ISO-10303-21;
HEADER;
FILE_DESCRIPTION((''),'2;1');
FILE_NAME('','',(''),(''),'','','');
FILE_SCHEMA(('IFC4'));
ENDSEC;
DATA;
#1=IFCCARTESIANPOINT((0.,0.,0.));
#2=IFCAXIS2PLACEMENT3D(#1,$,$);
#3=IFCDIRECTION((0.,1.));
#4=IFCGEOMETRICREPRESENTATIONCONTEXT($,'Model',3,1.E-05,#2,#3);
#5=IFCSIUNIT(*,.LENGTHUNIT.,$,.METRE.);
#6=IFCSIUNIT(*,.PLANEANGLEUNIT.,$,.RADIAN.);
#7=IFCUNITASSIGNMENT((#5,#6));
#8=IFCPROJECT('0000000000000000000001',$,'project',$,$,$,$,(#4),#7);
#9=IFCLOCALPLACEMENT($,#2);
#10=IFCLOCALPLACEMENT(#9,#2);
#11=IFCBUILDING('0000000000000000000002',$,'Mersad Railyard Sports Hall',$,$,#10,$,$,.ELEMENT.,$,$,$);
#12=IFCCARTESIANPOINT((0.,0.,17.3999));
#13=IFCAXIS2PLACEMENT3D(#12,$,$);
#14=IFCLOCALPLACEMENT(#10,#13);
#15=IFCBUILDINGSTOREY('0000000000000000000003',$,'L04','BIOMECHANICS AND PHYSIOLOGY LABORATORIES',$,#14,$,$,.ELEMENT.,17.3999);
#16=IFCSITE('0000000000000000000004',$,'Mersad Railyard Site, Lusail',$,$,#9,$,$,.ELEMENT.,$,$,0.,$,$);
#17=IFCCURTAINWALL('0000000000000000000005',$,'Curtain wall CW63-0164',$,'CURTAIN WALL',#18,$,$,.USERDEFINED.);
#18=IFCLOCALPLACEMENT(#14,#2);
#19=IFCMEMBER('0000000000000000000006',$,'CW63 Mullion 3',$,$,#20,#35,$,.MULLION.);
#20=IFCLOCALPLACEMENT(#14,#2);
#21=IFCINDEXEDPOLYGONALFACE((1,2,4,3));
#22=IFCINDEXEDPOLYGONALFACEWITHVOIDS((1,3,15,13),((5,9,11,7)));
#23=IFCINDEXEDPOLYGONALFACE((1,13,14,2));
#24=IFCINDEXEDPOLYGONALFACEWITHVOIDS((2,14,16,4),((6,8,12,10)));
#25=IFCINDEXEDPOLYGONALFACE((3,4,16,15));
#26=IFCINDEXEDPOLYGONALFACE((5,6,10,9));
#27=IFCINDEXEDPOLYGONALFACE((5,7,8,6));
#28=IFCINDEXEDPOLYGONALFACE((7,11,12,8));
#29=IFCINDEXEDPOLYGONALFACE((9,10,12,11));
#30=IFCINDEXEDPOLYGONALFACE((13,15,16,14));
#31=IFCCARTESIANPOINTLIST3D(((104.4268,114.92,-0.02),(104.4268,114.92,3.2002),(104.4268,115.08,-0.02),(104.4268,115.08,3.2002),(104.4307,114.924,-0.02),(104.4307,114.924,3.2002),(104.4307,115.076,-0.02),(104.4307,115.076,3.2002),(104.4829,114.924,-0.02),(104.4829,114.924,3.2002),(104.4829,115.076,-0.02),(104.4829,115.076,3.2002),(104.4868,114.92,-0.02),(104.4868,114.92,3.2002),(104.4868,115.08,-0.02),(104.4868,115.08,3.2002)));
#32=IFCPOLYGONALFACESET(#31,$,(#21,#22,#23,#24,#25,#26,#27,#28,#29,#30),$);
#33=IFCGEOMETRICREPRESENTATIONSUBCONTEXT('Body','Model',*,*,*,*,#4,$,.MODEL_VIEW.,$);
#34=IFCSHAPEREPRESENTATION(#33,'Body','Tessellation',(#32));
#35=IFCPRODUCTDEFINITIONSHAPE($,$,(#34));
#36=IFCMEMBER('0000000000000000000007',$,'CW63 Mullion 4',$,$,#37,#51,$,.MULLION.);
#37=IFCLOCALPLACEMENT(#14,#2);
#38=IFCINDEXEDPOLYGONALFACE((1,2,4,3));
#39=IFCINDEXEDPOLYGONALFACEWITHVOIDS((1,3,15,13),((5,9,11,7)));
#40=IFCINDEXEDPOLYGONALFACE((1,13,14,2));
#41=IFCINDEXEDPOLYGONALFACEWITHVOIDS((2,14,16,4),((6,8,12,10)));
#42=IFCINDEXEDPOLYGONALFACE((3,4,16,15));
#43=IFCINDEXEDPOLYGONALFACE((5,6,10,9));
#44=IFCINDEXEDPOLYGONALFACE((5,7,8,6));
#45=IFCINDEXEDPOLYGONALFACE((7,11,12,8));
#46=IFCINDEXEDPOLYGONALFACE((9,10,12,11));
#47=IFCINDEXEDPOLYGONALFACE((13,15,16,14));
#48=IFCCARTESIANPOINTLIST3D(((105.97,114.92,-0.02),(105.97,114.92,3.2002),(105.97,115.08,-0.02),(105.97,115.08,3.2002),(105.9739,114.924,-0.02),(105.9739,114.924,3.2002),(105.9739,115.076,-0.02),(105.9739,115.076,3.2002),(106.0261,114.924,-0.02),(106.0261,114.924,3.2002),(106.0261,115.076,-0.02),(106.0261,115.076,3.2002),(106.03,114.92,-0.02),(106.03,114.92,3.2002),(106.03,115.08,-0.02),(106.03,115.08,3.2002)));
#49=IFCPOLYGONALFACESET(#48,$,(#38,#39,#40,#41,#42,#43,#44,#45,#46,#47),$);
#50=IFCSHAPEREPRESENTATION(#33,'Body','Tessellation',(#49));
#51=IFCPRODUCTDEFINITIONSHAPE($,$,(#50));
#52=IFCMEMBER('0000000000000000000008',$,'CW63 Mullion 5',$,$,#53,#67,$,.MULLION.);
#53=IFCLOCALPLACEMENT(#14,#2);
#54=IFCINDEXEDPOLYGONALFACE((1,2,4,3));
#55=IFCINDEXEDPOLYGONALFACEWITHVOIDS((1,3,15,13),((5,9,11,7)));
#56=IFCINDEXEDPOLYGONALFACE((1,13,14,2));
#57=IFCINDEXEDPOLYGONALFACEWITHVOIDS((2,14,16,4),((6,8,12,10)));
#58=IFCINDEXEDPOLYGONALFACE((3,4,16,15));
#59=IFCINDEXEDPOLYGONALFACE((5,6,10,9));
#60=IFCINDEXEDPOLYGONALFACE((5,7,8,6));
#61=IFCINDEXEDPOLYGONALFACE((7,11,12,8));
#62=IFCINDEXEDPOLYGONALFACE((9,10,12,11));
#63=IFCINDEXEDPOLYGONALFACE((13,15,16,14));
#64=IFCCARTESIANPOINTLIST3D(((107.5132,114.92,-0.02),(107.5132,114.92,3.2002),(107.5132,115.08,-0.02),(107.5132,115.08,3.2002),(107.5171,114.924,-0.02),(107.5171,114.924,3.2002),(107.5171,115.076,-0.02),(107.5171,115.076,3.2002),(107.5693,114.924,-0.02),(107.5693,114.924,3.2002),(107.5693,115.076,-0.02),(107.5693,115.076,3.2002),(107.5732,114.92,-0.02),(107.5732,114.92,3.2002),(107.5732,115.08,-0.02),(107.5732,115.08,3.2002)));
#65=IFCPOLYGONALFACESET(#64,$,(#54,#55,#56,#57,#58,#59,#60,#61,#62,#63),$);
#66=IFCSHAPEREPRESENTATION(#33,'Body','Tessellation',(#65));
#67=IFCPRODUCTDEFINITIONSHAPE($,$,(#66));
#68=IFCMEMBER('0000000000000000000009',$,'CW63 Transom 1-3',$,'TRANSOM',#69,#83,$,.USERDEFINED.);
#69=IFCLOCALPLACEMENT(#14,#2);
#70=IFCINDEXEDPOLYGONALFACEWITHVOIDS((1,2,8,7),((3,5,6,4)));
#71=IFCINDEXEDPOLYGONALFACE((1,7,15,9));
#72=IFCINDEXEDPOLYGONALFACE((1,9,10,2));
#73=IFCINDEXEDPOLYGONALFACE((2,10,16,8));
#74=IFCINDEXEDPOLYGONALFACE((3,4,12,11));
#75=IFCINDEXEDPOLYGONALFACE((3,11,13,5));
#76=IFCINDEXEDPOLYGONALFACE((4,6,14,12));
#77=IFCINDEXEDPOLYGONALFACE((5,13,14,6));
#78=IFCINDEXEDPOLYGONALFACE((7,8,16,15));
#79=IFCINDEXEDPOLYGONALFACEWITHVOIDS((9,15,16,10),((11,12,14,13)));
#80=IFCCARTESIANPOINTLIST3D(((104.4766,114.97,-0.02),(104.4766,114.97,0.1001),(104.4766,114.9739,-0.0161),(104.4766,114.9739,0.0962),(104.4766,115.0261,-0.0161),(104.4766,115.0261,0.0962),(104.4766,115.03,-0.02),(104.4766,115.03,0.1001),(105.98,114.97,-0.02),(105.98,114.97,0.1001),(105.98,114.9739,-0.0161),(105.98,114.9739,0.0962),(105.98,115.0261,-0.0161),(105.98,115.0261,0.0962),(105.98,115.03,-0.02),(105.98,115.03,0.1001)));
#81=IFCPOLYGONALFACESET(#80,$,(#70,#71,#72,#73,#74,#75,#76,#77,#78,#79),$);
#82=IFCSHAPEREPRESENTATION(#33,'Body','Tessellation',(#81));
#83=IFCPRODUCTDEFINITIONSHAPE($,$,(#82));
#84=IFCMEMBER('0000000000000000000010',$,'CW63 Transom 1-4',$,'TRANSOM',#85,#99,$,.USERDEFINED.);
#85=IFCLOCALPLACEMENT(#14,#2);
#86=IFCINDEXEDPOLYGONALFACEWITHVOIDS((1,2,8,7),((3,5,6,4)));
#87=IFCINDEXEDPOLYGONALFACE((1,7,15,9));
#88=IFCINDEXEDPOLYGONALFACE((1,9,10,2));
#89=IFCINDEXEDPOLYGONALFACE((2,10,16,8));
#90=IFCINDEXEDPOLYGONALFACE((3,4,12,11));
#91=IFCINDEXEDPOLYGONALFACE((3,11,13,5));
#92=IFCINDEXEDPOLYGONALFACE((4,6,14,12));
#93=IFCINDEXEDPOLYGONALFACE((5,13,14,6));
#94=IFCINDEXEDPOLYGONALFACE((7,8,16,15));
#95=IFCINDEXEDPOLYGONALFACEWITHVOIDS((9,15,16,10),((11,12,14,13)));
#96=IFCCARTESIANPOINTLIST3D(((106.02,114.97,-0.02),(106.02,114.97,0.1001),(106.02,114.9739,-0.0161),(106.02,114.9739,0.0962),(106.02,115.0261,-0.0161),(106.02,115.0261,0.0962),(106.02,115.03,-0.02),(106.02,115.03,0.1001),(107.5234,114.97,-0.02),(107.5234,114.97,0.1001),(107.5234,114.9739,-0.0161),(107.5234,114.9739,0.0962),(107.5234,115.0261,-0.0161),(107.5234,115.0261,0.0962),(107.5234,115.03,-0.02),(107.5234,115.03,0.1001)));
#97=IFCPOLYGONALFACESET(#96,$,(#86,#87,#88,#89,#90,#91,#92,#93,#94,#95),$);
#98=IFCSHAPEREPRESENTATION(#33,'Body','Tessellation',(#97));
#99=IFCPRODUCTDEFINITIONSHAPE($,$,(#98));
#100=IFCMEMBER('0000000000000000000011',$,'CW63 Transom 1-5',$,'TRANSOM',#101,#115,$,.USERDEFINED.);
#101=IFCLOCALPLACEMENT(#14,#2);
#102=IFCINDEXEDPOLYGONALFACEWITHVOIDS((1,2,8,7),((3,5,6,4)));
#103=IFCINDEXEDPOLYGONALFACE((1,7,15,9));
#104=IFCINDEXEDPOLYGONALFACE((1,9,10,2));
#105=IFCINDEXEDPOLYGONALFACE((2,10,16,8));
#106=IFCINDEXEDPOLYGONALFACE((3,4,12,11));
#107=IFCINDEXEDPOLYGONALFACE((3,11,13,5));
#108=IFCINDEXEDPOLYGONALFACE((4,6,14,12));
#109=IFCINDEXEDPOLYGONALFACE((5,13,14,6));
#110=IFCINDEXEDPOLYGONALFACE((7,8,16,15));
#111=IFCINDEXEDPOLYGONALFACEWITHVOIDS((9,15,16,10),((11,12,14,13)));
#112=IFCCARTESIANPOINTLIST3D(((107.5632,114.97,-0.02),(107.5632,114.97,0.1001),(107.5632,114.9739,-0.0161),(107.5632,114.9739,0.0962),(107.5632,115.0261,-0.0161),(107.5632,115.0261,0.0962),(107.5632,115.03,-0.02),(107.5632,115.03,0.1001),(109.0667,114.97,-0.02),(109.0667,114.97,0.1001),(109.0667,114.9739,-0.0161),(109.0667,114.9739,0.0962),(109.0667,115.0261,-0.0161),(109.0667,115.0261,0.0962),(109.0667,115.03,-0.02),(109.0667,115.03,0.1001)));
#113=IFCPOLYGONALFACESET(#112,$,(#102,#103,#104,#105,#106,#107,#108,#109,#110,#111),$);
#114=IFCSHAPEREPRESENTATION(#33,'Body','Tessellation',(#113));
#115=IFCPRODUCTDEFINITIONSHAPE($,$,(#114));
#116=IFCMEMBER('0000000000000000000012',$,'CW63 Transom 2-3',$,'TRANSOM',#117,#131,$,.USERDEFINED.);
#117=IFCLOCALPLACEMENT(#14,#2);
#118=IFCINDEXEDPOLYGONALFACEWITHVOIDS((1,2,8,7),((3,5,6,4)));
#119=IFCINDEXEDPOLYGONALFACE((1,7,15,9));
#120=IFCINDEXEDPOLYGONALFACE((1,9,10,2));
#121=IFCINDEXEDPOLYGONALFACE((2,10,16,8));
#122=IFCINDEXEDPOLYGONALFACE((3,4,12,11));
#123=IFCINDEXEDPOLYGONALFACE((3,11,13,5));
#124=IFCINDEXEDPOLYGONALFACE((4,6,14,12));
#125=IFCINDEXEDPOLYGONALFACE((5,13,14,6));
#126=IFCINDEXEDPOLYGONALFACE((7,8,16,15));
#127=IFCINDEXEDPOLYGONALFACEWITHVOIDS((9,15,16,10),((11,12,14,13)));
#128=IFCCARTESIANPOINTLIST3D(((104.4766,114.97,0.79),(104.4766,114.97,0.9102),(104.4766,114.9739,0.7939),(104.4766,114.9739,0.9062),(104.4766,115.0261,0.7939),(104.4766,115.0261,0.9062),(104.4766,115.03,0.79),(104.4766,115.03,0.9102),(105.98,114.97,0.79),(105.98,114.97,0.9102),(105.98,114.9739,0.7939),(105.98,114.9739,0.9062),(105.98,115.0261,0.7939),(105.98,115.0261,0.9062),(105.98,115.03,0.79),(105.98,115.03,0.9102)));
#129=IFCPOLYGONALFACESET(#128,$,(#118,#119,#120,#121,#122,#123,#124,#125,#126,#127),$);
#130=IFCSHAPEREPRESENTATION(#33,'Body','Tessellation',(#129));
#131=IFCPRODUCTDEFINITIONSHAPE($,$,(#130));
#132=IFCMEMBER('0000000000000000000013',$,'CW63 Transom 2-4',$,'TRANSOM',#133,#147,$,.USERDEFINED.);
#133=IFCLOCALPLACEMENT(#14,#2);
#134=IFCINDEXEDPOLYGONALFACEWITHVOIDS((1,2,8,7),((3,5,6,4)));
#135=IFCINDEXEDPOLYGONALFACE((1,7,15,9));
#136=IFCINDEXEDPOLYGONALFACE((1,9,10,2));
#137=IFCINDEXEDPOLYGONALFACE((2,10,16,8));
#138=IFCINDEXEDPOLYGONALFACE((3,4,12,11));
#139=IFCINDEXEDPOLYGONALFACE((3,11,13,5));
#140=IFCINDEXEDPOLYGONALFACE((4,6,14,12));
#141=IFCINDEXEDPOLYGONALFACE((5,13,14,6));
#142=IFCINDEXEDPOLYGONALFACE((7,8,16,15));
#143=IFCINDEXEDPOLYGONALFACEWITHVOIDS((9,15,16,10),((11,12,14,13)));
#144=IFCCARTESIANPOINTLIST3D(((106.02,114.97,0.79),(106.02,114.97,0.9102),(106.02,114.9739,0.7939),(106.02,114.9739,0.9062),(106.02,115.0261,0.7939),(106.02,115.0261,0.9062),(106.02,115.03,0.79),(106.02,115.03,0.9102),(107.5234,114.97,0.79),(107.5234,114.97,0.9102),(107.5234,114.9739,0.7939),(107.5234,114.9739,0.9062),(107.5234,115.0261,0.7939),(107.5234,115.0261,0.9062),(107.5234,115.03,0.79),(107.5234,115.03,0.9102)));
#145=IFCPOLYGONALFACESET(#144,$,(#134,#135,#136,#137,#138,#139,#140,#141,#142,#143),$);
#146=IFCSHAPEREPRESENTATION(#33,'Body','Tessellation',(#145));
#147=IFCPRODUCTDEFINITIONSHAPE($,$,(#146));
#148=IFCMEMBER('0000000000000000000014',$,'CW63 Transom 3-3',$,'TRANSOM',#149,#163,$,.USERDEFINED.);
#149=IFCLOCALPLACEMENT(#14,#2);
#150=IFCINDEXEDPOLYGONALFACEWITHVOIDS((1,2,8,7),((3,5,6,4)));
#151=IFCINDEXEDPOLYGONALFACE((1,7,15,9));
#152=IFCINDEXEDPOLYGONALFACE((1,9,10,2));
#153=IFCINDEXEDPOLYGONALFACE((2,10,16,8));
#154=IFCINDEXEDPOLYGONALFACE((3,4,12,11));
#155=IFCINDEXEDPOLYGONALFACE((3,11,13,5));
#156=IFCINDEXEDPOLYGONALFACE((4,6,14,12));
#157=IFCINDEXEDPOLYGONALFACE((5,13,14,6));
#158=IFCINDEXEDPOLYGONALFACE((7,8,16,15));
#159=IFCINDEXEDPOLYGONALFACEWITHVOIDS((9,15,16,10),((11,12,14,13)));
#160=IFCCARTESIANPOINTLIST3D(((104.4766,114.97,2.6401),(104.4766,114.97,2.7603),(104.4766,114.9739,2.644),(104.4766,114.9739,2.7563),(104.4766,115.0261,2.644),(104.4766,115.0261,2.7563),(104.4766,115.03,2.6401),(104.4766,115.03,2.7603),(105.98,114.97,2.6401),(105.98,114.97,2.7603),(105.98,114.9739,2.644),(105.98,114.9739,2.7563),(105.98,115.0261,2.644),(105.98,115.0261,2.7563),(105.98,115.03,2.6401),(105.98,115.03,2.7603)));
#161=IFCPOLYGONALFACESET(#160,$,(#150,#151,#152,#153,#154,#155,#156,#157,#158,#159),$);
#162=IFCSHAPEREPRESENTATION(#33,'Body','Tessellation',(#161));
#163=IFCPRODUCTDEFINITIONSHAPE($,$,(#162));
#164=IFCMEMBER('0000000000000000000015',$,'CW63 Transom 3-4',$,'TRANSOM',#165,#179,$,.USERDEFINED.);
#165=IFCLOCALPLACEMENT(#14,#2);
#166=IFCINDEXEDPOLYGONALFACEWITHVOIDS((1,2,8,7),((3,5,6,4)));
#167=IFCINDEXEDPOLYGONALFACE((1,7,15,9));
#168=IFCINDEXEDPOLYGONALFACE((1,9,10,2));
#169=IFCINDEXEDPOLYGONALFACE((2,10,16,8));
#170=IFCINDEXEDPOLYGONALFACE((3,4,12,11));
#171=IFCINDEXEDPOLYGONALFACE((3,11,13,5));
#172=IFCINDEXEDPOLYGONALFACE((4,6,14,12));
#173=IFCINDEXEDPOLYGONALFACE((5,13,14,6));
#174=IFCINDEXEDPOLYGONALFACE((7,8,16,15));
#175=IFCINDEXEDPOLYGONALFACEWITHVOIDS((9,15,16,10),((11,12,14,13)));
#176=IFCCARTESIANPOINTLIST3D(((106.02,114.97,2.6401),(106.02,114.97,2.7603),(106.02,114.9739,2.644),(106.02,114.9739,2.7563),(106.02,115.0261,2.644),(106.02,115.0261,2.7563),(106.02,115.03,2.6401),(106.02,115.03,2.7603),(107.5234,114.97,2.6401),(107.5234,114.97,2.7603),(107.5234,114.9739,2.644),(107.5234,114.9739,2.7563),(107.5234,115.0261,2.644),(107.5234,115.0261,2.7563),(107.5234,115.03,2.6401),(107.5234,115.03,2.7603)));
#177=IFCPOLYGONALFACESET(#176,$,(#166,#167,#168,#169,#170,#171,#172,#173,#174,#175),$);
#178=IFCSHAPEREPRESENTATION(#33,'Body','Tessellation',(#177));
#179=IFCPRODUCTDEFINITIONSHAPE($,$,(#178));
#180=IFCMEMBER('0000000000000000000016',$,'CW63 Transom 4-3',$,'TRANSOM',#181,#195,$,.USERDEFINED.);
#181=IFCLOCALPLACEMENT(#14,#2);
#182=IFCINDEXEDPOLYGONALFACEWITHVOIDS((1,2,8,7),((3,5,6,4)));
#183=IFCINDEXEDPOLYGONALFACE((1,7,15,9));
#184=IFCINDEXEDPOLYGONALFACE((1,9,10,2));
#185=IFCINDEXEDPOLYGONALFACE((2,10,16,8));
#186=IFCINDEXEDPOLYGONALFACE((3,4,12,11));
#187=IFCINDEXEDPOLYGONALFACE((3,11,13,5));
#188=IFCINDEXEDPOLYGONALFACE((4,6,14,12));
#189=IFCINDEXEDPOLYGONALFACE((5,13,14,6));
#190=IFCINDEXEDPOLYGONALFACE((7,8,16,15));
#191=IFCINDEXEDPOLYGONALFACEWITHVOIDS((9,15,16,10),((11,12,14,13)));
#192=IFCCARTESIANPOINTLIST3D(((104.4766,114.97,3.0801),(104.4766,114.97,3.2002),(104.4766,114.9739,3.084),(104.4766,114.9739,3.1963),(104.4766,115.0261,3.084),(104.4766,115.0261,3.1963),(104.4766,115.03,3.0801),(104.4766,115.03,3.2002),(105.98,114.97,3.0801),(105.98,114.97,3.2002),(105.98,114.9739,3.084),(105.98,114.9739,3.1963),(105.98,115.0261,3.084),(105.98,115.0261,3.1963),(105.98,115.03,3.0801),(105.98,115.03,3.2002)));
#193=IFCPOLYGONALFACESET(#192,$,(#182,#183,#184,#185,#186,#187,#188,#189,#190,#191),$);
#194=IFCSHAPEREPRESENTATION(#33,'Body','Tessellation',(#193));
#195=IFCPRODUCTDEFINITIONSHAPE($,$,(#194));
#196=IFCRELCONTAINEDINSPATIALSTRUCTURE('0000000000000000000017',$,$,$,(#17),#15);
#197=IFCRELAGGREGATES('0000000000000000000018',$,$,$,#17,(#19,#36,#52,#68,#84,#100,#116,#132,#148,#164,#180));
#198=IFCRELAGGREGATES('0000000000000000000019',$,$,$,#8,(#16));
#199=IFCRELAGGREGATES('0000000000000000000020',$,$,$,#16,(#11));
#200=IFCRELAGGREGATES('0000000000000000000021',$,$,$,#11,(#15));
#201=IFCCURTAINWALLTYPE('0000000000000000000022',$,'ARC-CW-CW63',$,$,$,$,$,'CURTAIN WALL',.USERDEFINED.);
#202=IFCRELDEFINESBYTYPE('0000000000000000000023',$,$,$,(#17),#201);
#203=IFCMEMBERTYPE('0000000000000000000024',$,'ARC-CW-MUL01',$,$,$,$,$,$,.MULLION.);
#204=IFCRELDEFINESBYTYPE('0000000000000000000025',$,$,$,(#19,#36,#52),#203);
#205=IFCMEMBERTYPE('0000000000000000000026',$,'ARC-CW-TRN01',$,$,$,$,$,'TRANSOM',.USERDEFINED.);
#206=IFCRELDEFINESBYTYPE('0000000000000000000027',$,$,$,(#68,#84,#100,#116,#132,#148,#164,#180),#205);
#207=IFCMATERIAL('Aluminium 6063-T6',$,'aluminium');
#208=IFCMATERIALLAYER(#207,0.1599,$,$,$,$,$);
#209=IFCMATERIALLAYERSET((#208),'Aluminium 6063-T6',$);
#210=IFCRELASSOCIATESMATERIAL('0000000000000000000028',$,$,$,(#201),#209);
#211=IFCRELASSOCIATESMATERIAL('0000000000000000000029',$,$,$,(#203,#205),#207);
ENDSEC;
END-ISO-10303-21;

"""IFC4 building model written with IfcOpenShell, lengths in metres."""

from ifc_helpers import new_model, si_unit, direction, frame, origin, origin_2d, place, context, subcontext, project, spatial, hollow_rectangle, extrude, material, layer, layer_set, material_profile, profile_set, type_object, element, aggregate, save


model = new_model("IFC4")

# Units and contexts
model_context = context("Model", 3, precision=1e-05, world=origin(), true_north=direction((0.0, 1.0)))
body_context = subcontext(model_context, "Body", "Model", "MODEL_VIEW")
ifc_project = project(units=[si_unit("LENGTHUNIT", "METRE"), si_unit("PLANEANGLEUNIT", "RADIAN")], contexts=[model_context])

# Site, building, storey
site_placement = place(None, origin())
site = spatial("IfcSite", under=ifc_project, at=site_placement, Name="Mersad Railyard Site, Lusail", CompositionType="ELEMENT", RefElevation=0.0)
building_placement = place(site_placement, origin())
building = spatial("IfcBuilding", under=site, at=building_placement, Name="Mersad Railyard Sports Hall", CompositionType="ELEMENT")
storey_placement = place(building_placement, frame((0.0, 0.0, 17.3999)))
storey = spatial("IfcBuildingStorey", under=building, at=storey_placement, Name="L04", Description="BIOMECHANICS AND PHYSIOLOGY LABORATORIES", CompositionType="ELEMENT", Elevation=17.3999)

# Curtain wall, members
ifc_material_1 = material(Name="Aluminium 6063-T6", Category="aluminium")
ifc_layer_1 = layer(ifc_material_1, 0.1599)
ifc_layer_set_1 = layer_set([ifc_layer_1], Name="Aluminium 6063-T6")
curtain_wall_type = type_object("IfcCurtainWallType", Name="ARC-CW-CW63", ElementType="CURTAIN WALL", PredefinedType="USERDEFINED", material=ifc_layer_set_1)
curtain_wall_placement = place(storey_placement, origin())
curtain_wall = element("IfcCurtainWall", 1, at=curtain_wall_placement, inside=storey, type_object=curtain_wall_type, Name="Curtain wall CW63-0164", ObjectType="CURTAIN WALL", PredefinedType="USERDEFINED")
ifc_material_profile_1 = material_profile(ifc_material_1, hollow_rectangle(XDim=0.0601, YDim=0.1599, WallThickness=0.0039, at=origin_2d()), Name="AL MULLION 60x160x4")
ifc_profile_set_1 = profile_set([ifc_material_profile_1], Name="Aluminium 6063-T6")
member_type_1 = type_object("IfcMemberType", Name="ARC-CW-MUL01", PredefinedType="MULLION", material=ifc_profile_set_1)
member_1_placement = place(storey_placement, frame((104.4568, 115.0, -0.02), z_axis=(0.0, 0.0, 1.0), x_axis=(1.0, 0.0, 0.0)))
member_1 = element("IfcMember", 2, at=member_1_placement, type_object=member_type_1, Name="CW63 Mullion 3", PredefinedType="MULLION", context=body_context, shape_type="SweptSolid", body=[
    extrude(hollow_rectangle(XDim=0.0601, YDim=0.1599, WallThickness=0.0039, at=origin_2d()), origin(), (0.0, 0.0, 1.0), 3.2202),
])
member_2_placement = place(storey_placement, frame((106.0, 115.0, -0.02), z_axis=(0.0, 0.0, 1.0), x_axis=(1.0, 0.0, 0.0)))
member_2 = element("IfcMember", 3, at=member_2_placement, type_object=member_type_1, Name="CW63 Mullion 4", PredefinedType="MULLION", context=body_context, shape_type="SweptSolid", body=[
    extrude(hollow_rectangle(XDim=0.0601, YDim=0.1599, WallThickness=0.0039, at=origin_2d()), origin(), (0.0, 0.0, 1.0), 3.2202),
])
member_3_placement = place(storey_placement, frame((107.5432, 115.0, -0.02), z_axis=(0.0, 0.0, 1.0), x_axis=(1.0, 0.0, 0.0)))
member_3 = element("IfcMember", 4, at=member_3_placement, type_object=member_type_1, Name="CW63 Mullion 5", PredefinedType="MULLION", context=body_context, shape_type="SweptSolid", body=[
    extrude(hollow_rectangle(XDim=0.0601, YDim=0.1599, WallThickness=0.0039, at=origin_2d()), origin(), (0.0, 0.0, 1.0), 3.2202),
])
ifc_material_profile_2 = material_profile(ifc_material_1, hollow_rectangle(XDim=0.0601, YDim=0.1201, WallThickness=0.0039, at=origin_2d()), Name="AL TRANSOM 60x120x4")
ifc_profile_set_2 = profile_set([ifc_material_profile_2], Name="Aluminium 6063-T6")
member_type_2 = type_object("IfcMemberType", Name="ARC-CW-TRN01", ElementType="TRANSOM", PredefinedType="USERDEFINED", material=ifc_profile_set_2)
member_4_placement = place(storey_placement, frame((104.4766, 115.0, 0.04), z_axis=(1.0, 0.0, 0.0), x_axis=(0.0, 1.0, 0.0)))
member_4 = element("IfcMember", 5, at=member_4_placement, type_object=member_type_2, Name="CW63 Transom 1-3", ObjectType="TRANSOM", PredefinedType="USERDEFINED", context=body_context, shape_type="SweptSolid", body=[
    extrude(hollow_rectangle(XDim=0.0601, YDim=0.1201, WallThickness=0.0039, at=origin_2d()), origin(), (0.0, 0.0, 1.0), 1.5034),
])
member_5_placement = place(storey_placement, frame((106.02, 115.0, 0.04), z_axis=(1.0, 0.0, 0.0), x_axis=(0.0, 1.0, 0.0)))
member_5 = element("IfcMember", 6, at=member_5_placement, type_object=member_type_2, Name="CW63 Transom 1-4", ObjectType="TRANSOM", PredefinedType="USERDEFINED", context=body_context, shape_type="SweptSolid", body=[
    extrude(hollow_rectangle(XDim=0.0601, YDim=0.1201, WallThickness=0.0039, at=origin_2d()), origin(), (0.0, 0.0, 1.0), 1.5034),
])
member_6_placement = place(storey_placement, frame((107.5632, 115.0, 0.04), z_axis=(1.0, 0.0, 0.0), x_axis=(0.0, 1.0, 0.0)))
member_6 = element("IfcMember", 7, at=member_6_placement, type_object=member_type_2, Name="CW63 Transom 1-5", ObjectType="TRANSOM", PredefinedType="USERDEFINED", context=body_context, shape_type="SweptSolid", body=[
    extrude(hollow_rectangle(XDim=0.0601, YDim=0.1201, WallThickness=0.0039, at=origin_2d()), origin(), (0.0, 0.0, 1.0), 1.5034),
])
member_7_placement = place(storey_placement, frame((104.4766, 115.0, 0.8501), z_axis=(1.0, 0.0, 0.0), x_axis=(0.0, 1.0, 0.0)))
member_7 = element("IfcMember", 8, at=member_7_placement, type_object=member_type_2, Name="CW63 Transom 2-3", ObjectType="TRANSOM", PredefinedType="USERDEFINED", context=body_context, shape_type="SweptSolid", body=[
    extrude(hollow_rectangle(XDim=0.0601, YDim=0.1201, WallThickness=0.0039, at=origin_2d()), origin(), (0.0, 0.0, 1.0), 1.5034),
])
member_8_placement = place(storey_placement, frame((106.02, 115.0, 0.8501), z_axis=(1.0, 0.0, 0.0), x_axis=(0.0, 1.0, 0.0)))
member_8 = element("IfcMember", 9, at=member_8_placement, type_object=member_type_2, Name="CW63 Transom 2-4", ObjectType="TRANSOM", PredefinedType="USERDEFINED", context=body_context, shape_type="SweptSolid", body=[
    extrude(hollow_rectangle(XDim=0.0601, YDim=0.1201, WallThickness=0.0039, at=origin_2d()), origin(), (0.0, 0.0, 1.0), 1.5034),
])
member_9_placement = place(storey_placement, frame((104.4766, 115.0, 2.7002), z_axis=(1.0, 0.0, 0.0), x_axis=(0.0, 1.0, 0.0)))
member_9 = element("IfcMember", 10, at=member_9_placement, type_object=member_type_2, Name="CW63 Transom 3-3", ObjectType="TRANSOM", PredefinedType="USERDEFINED", context=body_context, shape_type="SweptSolid", body=[
    extrude(hollow_rectangle(XDim=0.0601, YDim=0.1201, WallThickness=0.0039, at=origin_2d()), origin(), (0.0, 0.0, 1.0), 1.5034),
])
member_10_placement = place(storey_placement, frame((106.02, 115.0, 2.7002), z_axis=(1.0, 0.0, 0.0), x_axis=(0.0, 1.0, 0.0)))
member_10 = element("IfcMember", 11, at=member_10_placement, type_object=member_type_2, Name="CW63 Transom 3-4", ObjectType="TRANSOM", PredefinedType="USERDEFINED", context=body_context, shape_type="SweptSolid", body=[
    extrude(hollow_rectangle(XDim=0.0601, YDim=0.1201, WallThickness=0.0039, at=origin_2d()), origin(), (0.0, 0.0, 1.0), 1.5034),
])
member_11_placement = place(storey_placement, frame((104.4766, 115.0, 3.1401), z_axis=(1.0, 0.0, 0.0), x_axis=(0.0, 1.0, 0.0)))
member_11 = element("IfcMember", 12, at=member_11_placement, type_object=member_type_2, Name="CW63 Transom 4-3", ObjectType="TRANSOM", PredefinedType="USERDEFINED", context=body_context, shape_type="SweptSolid", body=[
    extrude(hollow_rectangle(XDim=0.0601, YDim=0.1201, WallThickness=0.0039, at=origin_2d()), origin(), (0.0, 0.0, 1.0), 1.5034),
])
aggregate(curtain_wall, [member_1, member_2, member_3, member_4, member_5, member_6, member_7, member_8, member_9, member_10, member_11])

save(model, "model.ifc")
